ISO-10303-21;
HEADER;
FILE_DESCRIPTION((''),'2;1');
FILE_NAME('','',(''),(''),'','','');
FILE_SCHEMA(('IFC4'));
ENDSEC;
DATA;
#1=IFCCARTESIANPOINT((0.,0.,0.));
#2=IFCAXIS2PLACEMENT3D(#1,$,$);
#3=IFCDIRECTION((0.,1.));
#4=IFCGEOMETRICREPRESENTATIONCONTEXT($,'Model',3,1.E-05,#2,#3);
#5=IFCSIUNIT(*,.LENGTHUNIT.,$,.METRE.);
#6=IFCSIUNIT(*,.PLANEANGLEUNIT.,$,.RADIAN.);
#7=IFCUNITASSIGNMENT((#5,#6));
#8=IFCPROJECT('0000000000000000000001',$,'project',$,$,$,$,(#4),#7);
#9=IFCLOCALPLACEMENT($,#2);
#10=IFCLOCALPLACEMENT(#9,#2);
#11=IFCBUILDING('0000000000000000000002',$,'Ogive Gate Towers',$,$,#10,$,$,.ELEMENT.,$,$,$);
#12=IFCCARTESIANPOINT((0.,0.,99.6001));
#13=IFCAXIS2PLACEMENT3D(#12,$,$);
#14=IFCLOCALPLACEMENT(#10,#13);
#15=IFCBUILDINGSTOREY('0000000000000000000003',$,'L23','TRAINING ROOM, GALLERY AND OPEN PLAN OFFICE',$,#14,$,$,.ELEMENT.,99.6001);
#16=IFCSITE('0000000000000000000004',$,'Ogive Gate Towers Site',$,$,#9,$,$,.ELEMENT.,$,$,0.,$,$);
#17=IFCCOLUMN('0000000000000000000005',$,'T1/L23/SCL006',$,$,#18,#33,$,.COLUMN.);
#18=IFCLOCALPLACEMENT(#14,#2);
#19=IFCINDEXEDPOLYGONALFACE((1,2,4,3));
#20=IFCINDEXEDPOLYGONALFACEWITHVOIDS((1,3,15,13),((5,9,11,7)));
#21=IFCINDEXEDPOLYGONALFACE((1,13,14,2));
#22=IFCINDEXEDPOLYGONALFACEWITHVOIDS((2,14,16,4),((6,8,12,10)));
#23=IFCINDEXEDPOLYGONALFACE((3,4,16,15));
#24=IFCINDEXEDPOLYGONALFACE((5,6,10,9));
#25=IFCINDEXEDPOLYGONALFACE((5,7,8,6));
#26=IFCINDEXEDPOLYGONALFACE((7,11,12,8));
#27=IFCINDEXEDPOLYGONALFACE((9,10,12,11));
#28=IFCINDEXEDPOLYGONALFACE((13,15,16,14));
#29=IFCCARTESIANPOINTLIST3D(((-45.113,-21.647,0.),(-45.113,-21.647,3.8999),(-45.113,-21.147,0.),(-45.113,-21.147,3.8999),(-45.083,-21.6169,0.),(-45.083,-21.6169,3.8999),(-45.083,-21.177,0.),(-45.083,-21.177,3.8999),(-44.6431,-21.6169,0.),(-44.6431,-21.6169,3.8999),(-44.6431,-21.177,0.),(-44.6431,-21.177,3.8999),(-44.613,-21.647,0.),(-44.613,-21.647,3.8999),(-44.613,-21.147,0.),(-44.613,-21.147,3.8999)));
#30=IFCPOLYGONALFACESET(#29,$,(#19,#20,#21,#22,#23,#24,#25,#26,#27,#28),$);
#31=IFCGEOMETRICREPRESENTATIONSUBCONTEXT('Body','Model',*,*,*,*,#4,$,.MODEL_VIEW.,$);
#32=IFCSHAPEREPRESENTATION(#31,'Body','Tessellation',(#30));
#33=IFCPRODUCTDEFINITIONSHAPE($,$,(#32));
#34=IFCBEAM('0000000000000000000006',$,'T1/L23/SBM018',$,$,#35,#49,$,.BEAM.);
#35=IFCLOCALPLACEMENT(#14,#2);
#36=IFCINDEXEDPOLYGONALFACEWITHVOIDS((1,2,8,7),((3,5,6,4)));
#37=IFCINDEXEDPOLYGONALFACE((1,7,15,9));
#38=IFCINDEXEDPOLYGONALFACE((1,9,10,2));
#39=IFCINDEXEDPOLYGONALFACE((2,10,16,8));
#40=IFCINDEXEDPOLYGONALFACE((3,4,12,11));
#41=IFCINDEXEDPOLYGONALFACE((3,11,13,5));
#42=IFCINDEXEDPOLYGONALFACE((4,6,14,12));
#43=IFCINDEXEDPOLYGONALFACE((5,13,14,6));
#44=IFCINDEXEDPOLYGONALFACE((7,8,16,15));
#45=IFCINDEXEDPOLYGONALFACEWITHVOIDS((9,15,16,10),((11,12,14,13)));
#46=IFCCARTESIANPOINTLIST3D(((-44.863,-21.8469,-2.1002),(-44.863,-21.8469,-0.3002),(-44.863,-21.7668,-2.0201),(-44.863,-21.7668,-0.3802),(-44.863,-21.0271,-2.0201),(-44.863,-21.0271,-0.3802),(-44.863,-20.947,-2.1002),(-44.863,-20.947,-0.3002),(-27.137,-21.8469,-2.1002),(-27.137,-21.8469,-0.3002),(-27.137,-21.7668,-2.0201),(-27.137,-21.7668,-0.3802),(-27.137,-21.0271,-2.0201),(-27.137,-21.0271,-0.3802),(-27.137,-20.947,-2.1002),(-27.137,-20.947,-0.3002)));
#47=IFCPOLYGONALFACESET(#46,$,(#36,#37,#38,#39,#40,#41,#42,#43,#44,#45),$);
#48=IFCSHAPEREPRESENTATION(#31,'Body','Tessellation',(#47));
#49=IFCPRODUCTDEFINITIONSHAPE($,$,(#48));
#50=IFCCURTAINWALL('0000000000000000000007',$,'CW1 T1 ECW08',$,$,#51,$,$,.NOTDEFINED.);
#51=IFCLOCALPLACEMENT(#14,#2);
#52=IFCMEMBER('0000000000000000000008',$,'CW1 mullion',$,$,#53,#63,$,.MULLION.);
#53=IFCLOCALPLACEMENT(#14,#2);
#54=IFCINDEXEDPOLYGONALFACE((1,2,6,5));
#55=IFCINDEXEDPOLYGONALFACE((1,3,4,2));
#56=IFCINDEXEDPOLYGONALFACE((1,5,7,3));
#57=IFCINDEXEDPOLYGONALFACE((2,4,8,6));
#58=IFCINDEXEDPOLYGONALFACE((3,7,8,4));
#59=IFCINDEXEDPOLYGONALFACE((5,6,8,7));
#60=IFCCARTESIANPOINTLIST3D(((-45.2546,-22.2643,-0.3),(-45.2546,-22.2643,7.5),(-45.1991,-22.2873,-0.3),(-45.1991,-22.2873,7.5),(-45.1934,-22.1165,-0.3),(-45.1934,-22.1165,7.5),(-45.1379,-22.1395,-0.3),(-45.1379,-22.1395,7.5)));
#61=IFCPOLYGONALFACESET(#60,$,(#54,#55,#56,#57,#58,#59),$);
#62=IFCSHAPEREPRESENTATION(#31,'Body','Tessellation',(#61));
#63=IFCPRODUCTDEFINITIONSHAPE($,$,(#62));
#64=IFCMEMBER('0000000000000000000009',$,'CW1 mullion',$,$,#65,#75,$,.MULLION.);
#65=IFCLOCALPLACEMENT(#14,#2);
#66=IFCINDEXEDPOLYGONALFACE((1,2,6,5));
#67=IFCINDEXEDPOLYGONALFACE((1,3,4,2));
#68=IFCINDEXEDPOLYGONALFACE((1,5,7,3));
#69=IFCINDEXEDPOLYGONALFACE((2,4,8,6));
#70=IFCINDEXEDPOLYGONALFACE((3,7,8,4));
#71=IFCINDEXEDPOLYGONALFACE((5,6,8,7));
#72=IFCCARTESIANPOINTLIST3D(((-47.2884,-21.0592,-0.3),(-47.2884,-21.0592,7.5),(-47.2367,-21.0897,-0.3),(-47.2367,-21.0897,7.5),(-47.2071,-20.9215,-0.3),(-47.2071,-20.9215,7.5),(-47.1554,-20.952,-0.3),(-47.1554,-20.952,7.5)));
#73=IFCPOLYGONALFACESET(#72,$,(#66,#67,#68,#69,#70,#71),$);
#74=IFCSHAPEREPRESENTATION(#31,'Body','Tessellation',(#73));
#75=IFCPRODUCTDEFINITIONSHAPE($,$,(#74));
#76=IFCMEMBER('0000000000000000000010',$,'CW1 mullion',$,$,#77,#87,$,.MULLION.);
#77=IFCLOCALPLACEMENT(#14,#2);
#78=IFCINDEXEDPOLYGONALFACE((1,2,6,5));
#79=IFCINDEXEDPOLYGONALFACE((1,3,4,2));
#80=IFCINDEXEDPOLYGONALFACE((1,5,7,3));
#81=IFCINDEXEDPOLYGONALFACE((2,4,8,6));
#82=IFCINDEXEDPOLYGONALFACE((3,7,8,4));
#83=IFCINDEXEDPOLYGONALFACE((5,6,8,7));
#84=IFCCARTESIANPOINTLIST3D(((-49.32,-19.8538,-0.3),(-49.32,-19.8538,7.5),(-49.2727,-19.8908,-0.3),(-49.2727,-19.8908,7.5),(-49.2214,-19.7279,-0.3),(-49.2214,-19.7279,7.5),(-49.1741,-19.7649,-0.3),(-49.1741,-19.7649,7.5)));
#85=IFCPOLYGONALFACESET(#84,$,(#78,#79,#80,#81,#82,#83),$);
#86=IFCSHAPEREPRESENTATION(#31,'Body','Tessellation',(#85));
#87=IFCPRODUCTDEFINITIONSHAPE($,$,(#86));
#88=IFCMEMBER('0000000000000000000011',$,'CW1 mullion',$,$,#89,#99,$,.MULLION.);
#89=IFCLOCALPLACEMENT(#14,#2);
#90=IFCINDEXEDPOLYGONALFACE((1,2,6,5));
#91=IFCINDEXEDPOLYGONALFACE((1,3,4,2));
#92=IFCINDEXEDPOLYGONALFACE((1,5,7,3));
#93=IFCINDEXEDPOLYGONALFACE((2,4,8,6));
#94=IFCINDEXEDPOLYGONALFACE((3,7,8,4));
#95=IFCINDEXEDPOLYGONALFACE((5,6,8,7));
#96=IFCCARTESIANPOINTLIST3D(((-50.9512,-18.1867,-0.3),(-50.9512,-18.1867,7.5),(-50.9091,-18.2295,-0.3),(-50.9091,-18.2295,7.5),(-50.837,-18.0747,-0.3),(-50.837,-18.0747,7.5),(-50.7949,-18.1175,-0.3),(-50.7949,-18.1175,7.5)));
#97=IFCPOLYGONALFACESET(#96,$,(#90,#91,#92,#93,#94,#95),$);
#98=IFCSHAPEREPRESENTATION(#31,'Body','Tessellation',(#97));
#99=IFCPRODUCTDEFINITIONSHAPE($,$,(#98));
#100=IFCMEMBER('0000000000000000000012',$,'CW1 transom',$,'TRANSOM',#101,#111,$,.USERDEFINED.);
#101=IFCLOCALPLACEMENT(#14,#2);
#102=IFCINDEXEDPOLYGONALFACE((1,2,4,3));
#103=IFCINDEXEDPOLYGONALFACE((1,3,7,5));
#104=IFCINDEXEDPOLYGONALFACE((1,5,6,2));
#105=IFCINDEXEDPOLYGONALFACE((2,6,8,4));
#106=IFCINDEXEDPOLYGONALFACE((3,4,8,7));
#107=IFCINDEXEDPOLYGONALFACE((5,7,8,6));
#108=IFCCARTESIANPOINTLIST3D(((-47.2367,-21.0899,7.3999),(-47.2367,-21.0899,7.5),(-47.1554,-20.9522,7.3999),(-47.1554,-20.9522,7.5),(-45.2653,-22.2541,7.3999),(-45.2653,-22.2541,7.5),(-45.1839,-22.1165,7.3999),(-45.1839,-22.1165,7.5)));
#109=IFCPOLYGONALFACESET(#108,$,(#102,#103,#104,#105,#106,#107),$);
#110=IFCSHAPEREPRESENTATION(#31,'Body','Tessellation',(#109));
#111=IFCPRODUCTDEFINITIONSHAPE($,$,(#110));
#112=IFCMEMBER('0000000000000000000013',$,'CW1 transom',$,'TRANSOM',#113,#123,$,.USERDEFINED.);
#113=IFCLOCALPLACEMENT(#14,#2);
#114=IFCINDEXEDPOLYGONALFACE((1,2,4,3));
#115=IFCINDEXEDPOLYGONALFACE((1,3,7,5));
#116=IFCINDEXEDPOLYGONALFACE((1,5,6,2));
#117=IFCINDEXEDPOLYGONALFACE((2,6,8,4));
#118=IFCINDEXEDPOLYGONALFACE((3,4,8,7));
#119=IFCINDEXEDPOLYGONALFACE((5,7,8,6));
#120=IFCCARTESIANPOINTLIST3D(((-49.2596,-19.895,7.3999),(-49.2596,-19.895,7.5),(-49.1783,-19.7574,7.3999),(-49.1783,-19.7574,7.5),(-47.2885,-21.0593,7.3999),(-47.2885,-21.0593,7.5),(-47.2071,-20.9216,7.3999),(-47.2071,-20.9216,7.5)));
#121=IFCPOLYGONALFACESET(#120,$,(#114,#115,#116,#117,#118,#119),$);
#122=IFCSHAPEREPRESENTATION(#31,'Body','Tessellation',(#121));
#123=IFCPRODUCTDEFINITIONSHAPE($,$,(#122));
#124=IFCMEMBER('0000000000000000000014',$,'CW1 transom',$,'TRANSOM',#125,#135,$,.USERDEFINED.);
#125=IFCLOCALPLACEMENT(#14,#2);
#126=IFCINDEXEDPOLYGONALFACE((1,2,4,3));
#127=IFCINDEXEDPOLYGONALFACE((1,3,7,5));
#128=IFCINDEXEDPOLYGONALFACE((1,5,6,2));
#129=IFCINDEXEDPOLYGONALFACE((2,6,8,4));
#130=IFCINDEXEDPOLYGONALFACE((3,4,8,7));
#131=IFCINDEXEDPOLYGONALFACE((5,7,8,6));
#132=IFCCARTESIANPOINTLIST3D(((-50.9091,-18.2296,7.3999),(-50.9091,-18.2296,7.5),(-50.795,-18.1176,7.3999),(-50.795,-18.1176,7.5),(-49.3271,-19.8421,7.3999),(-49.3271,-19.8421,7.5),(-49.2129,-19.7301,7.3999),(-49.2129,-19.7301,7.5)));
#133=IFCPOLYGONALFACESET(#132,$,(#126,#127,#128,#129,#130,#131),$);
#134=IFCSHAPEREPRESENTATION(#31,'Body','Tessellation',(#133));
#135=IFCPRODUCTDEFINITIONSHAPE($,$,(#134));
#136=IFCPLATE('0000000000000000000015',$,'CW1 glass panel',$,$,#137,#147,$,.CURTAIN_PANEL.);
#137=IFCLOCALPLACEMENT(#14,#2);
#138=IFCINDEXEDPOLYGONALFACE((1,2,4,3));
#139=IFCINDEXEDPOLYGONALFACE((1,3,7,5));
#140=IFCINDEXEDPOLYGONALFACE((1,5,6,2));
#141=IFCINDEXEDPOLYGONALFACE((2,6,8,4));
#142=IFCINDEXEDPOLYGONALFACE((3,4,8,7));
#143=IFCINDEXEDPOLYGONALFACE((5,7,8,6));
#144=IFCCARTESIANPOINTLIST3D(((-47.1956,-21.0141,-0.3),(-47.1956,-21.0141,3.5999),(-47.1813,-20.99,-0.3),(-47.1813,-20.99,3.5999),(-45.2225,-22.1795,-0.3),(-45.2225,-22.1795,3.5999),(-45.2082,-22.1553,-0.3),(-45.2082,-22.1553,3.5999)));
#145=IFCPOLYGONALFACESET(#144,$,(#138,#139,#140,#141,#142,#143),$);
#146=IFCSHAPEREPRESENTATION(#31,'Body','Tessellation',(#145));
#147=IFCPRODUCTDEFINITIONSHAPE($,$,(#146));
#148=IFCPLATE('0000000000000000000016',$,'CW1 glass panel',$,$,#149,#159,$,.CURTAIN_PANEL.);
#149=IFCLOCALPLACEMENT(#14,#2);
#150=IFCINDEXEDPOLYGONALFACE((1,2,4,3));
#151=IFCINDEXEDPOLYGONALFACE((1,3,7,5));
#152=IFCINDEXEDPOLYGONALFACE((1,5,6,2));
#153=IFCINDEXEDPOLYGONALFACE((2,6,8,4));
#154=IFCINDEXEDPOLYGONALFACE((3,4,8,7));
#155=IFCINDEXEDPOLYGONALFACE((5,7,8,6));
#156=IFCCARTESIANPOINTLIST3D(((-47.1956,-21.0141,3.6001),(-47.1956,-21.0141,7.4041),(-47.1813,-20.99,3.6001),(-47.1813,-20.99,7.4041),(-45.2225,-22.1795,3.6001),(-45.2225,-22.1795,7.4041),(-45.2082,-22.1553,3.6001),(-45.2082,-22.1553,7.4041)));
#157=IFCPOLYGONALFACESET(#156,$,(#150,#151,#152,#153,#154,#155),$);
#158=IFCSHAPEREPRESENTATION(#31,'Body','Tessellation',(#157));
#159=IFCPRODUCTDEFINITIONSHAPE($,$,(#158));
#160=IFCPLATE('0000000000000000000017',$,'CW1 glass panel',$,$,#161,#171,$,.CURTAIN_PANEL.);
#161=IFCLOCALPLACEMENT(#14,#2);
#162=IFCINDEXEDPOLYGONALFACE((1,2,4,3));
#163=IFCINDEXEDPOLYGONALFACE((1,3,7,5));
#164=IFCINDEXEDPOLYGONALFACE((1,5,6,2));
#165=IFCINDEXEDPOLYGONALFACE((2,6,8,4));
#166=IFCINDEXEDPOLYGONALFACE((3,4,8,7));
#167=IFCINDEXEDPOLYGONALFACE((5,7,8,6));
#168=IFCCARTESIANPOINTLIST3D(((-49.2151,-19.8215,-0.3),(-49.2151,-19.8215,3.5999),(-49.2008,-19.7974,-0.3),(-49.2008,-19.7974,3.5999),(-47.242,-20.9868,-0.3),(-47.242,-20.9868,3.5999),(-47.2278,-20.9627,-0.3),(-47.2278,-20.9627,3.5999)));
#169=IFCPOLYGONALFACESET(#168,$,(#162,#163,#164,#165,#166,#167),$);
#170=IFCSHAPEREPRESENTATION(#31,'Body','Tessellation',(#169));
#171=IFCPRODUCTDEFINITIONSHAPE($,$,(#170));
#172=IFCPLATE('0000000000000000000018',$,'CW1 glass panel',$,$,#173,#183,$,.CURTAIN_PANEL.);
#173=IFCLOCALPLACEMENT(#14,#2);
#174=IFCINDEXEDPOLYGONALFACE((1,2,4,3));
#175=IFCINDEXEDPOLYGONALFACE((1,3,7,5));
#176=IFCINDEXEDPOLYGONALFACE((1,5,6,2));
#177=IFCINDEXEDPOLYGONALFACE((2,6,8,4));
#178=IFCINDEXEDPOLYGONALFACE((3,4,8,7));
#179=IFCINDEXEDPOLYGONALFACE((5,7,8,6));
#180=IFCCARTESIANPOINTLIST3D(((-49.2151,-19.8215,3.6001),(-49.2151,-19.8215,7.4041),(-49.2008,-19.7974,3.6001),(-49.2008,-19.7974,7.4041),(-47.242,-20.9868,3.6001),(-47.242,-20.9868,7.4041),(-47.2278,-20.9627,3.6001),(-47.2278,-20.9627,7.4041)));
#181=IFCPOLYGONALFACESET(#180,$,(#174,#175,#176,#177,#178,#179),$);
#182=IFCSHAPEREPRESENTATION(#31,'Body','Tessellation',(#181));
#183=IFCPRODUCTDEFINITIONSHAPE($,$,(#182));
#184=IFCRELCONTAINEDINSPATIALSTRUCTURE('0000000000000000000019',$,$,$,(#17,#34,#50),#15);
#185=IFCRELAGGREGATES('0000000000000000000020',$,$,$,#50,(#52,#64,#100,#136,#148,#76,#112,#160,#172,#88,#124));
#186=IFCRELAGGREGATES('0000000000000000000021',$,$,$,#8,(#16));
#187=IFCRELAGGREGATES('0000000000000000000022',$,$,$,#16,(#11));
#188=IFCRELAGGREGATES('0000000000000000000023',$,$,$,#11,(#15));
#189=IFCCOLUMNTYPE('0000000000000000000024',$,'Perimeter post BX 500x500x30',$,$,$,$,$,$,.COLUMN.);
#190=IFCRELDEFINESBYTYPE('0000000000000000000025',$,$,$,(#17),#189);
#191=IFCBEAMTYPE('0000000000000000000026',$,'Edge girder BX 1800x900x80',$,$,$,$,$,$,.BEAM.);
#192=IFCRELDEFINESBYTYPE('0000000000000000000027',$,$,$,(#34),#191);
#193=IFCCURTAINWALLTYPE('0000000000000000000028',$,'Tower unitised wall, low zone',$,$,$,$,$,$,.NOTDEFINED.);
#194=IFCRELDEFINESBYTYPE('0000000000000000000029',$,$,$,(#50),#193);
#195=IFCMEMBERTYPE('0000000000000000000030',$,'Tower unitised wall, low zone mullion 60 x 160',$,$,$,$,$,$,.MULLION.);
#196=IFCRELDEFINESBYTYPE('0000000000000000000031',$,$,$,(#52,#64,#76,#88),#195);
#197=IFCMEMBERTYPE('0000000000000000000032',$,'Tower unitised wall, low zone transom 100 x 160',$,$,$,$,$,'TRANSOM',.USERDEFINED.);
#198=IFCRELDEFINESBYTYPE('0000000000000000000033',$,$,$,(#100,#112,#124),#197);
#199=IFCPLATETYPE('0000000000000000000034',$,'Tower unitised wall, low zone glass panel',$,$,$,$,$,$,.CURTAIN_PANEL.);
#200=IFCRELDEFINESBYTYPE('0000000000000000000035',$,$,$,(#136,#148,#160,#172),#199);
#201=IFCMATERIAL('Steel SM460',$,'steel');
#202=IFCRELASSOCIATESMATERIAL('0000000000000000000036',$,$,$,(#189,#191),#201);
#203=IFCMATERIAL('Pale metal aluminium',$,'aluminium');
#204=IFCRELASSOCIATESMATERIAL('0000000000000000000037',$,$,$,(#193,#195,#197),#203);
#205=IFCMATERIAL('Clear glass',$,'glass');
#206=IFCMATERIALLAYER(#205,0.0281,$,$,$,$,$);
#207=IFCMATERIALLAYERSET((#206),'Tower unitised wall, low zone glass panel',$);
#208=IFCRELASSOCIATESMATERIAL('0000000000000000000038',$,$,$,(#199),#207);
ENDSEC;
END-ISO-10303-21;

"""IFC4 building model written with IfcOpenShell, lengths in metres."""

from ifc_helpers import new_model, si_unit, direction, frame, origin, origin_2d, place, context, subcontext, project, spatial, rectangle, hollow_rectangle, extrude, material, layer, layer_set, material_profile, profile_set, type_object, element, aggregate, save


model = new_model("IFC4")

# Units and contexts
model_context = context("Model", 3, precision=1e-05, world=origin(), true_north=direction((0.0, 1.0)))
body_context = subcontext(model_context, "Body", "Model", "MODEL_VIEW")
ifc_project = project(units=[si_unit("LENGTHUNIT", "METRE"), si_unit("PLANEANGLEUNIT", "RADIAN")], contexts=[model_context])

# Site, building, storey
site_placement = place(None, origin())
site = spatial("IfcSite", under=ifc_project, at=site_placement, Name="Ogive Gate Towers Site", CompositionType="ELEMENT", RefElevation=0.0)
building_placement = place(site_placement, origin())
building = spatial("IfcBuilding", under=site, at=building_placement, Name="Ogive Gate Towers", CompositionType="ELEMENT")
storey_placement = place(building_placement, frame((0.0, 0.0, 99.6001)))
storey = spatial("IfcBuildingStorey", under=building, at=storey_placement, Name="L23", Description="TRAINING ROOM, GALLERY AND OPEN PLAN OFFICE", CompositionType="ELEMENT", Elevation=99.6001)

# Column
ifc_material_1 = material(Name="Steel SM460", Category="steel")
ifc_material_profile_1 = material_profile(ifc_material_1, hollow_rectangle(XDim=0.5, YDim=0.5, WallThickness=0.03, at=origin_2d()), Name="BX 500x500x30")
ifc_profile_set_1 = profile_set([ifc_material_profile_1], Name="Steel SM460")
column_type = type_object("IfcColumnType", Name="Perimeter post BX 500x500x30", PredefinedType="COLUMN", material=ifc_profile_set_1)
column_placement = place(storey_placement, frame((-44.863, -21.397, 0.0), z_axis=(0.0, 0.0, 1.0), x_axis=(1.0, 0.0, 0.0)))
element("IfcColumn", 1, at=column_placement, inside=storey, type_object=column_type, Name="T1/L23/SCL006", PredefinedType="COLUMN", context=body_context, shape_type="SweptSolid", body=[
    extrude(hollow_rectangle(XDim=0.5, YDim=0.5, WallThickness=0.03, at=origin_2d()), origin(), (0.0, 0.0, 1.0), 3.8999),
])

# Beam
ifc_material_profile_2 = material_profile(ifc_material_1, hollow_rectangle(XDim=0.8999, YDim=1.8, WallThickness=0.0801, at=origin_2d()), Name="BX 1800x900x80")
ifc_profile_set_2 = profile_set([ifc_material_profile_2], Name="Steel SM460")
beam_type = type_object("IfcBeamType", Name="Edge girder BX 1800x900x80", PredefinedType="BEAM", material=ifc_profile_set_2)
beam_placement = place(storey_placement, frame((-44.863, -21.397, -1.2002), z_axis=(1.0, 0.0, 0.0), x_axis=(0.0, 1.0, 0.0)))
element("IfcBeam", 2, at=beam_placement, inside=storey, type_object=beam_type, Name="T1/L23/SBM018", PredefinedType="BEAM", context=body_context, shape_type="SweptSolid", body=[
    extrude(hollow_rectangle(XDim=0.8999, YDim=1.8, WallThickness=0.0801, at=origin_2d()), origin(), (0.0, 0.0, 1.0), 17.7261),
])

# Curtain wall, members, plates
ifc_material_2 = material(Name="Pale metal aluminium", Category="aluminium")
curtain_wall_type = type_object("IfcCurtainWallType", Name="Tower unitised wall, low zone", PredefinedType="NOTDEFINED", material=ifc_material_2)
curtain_wall_placement = place(storey_placement, origin())
curtain_wall = element("IfcCurtainWall", 3, at=curtain_wall_placement, inside=storey, type_object=curtain_wall_type, Name="CW1 T1 ECW08", PredefinedType="NOTDEFINED")
ifc_material_profile_3 = material_profile(ifc_material_2, rectangle(XDim=0.1599, YDim=0.0601, at=origin_2d()), Name="60 x 160 aluminium box")
ifc_profile_set_3 = profile_set([ifc_material_profile_3], Name="Pale metal aluminium")
member_type_1 = type_object("IfcMemberType", Name="Tower unitised wall, low zone mullion 60 x 160", PredefinedType="MULLION", material=ifc_profile_set_3)
member_1_placement = place(storey_placement, frame((-45.1963, -22.2019, -0.3), z_axis=(0.0, 0.0, 1.0), x_axis=(0.382683, 0.92388, 0.0)))
member_1 = element("IfcMember", 4, at=member_1_placement, type_object=member_type_1, Name="CW1 mullion", PredefinedType="MULLION", context=body_context, shape_type="SweptSolid", body=[
    extrude(rectangle(XDim=0.1599, YDim=0.0601, at=origin_2d()), origin(), (0.0, 0.0, 1.0), 7.8),
])
member_2_placement = place(storey_placement, frame((-47.2219, -21.0056, -0.3), z_axis=(0.0, 0.0, 1.0), x_axis=(0.508546, 0.861035, 0.0)))
member_2 = element("IfcMember", 5, at=member_2_placement, type_object=member_type_1, Name="CW1 mullion", PredefinedType="MULLION", context=body_context, shape_type="SweptSolid", body=[
    extrude(rectangle(XDim=0.1599, YDim=0.0601, at=origin_2d()), origin(), (0.0, 0.0, 1.0), 7.8),
])
member_3_placement = place(storey_placement, frame((-49.2471, -19.8093, -0.3), z_axis=(0.0, 0.0, 1.0), x_axis=(0.616459, 0.787387, 0.0)))
member_3 = element("IfcMember", 6, at=member_3_placement, type_object=member_type_1, Name="CW1 mullion", PredefinedType="MULLION", context=body_context, shape_type="SweptSolid", body=[
    extrude(rectangle(XDim=0.1599, YDim=0.0601, at=origin_2d()), origin(), (0.0, 0.0, 1.0), 7.8),
])
member_4_placement = place(storey_placement, frame((-50.873, -18.1521, -0.3), z_axis=(0.0, 0.0, 1.0), x_axis=(0.71385, 0.700299, 0.0)))
member_4 = element("IfcMember", 7, at=member_4_placement, type_object=member_type_1, Name="CW1 mullion", PredefinedType="MULLION", context=body_context, shape_type="SweptSolid", body=[
    extrude(rectangle(XDim=0.1599, YDim=0.0601, at=origin_2d()), origin(), (0.0, 0.0, 1.0), 7.8),
])
ifc_material_profile_4 = material_profile(ifc_material_2, rectangle(XDim=0.1599, YDim=0.1001, at=origin_2d()), Name="100 x 160 aluminium box")
ifc_profile_set_4 = profile_set([ifc_material_profile_4], Name="Pale metal aluminium")
member_type_2 = type_object("IfcMemberType", Name="Tower unitised wall, low zone transom 100 x 160", ElementType="TRANSOM", PredefinedType="USERDEFINED", material=ifc_profile_set_4)
member_5_placement = place(storey_placement, frame((-45.2246, -22.1853, 7.45), z_axis=(-0.861048, 0.508525, 0.0), x_axis=(-0.508525, -0.861048, 0.0)))
member_5 = element("IfcMember", 8, at=member_5_placement, type_object=member_type_2, Name="CW1 transom", ObjectType="TRANSOM", PredefinedType="USERDEFINED", context=body_context, shape_type="SweptSolid", body=[
    extrude(rectangle(XDim=0.1599, YDim=0.1001, at=origin_2d()), origin(), (0.0, 0.0, 1.0), 2.2896),
])
member_6_placement = place(storey_placement, frame((-47.2478, -20.9905, 7.45), z_axis=(-0.86102, 0.508571, 0.0), x_axis=(-0.508571, -0.86102, 0.0)))
member_6 = element("IfcMember", 9, at=member_6_placement, type_object=member_type_2, Name="CW1 transom", ObjectType="TRANSOM", PredefinedType="USERDEFINED", context=body_context, shape_type="SweptSolid", body=[
    extrude(rectangle(XDim=0.1599, YDim=0.1001, at=origin_2d()), origin(), (0.0, 0.0, 1.0), 2.2893),
])
member_7_placement = place(storey_placement, frame((-49.27, -19.7861, 7.45), z_axis=(-0.70032, 0.713829, 0.0), x_axis=(-0.713829, -0.70032, 0.0)))
member_7 = element("IfcMember", 10, at=member_7_placement, type_object=member_type_2, Name="CW1 transom", ObjectType="TRANSOM", PredefinedType="USERDEFINED", context=body_context, shape_type="SweptSolid", body=[
    extrude(rectangle(XDim=0.1599, YDim=0.1001, at=origin_2d()), origin(), (0.0, 0.0, 1.0), 2.259),
])
ifc_material_3 = material(Name="Clear glass", Category="glass")
ifc_layer_1 = layer(ifc_material_3, 0.0281)
ifc_layer_set_1 = layer_set([ifc_layer_1], Name="Tower unitised wall, low zone glass panel")
plate_type = type_object("IfcPlateType", Name="Tower unitised wall, low zone glass panel", PredefinedType="CURTAIN_PANEL", material=ifc_layer_set_1)
plate_1_placement = place(storey_placement, frame((-46.2019, -21.5847, -0.3), z_axis=(0.0, 0.0, 1.0), x_axis=(-0.861035, 0.508546, 0.0)))
plate_1 = element("IfcPlate", 11, at=plate_1_placement, type_object=plate_type, Name="CW1 glass panel", PredefinedType="CURTAIN_PANEL", context=body_context, shape_type="SweptSolid", body=[
    extrude(rectangle(XDim=2.2915, YDim=0.0281, at=origin_2d()), origin(), (0.0, 0.0, 1.0), 3.8999),
])
plate_2_placement = place(storey_placement, frame((-46.2019, -21.5847, 3.6001), z_axis=(0.0, 0.0, 1.0), x_axis=(-0.861035, 0.508546, 0.0)))
plate_2 = element("IfcPlate", 12, at=plate_2_placement, type_object=plate_type, Name="CW1 glass panel", PredefinedType="CURTAIN_PANEL", context=body_context, shape_type="SweptSolid", body=[
    extrude(rectangle(XDim=2.2915, YDim=0.0281, at=origin_2d()), origin(), (0.0, 0.0, 1.0), 3.804),
])
plate_3_placement = place(storey_placement, frame((-48.2214, -20.3921, -0.3), z_axis=(0.0, 0.0, 1.0), x_axis=(-0.861044, 0.508531, 0.0)))
plate_3 = element("IfcPlate", 13, at=plate_3_placement, type_object=plate_type, Name="CW1 glass panel", PredefinedType="CURTAIN_PANEL", context=body_context, shape_type="SweptSolid", body=[
    extrude(rectangle(XDim=2.2915, YDim=0.0281, at=origin_2d()), origin(), (0.0, 0.0, 1.0), 3.8999),
])
plate_4_placement = place(storey_placement, frame((-48.2214, -20.3921, 3.6001), z_axis=(0.0, 0.0, 1.0), x_axis=(-0.861044, 0.508531, 0.0)))
plate_4 = element("IfcPlate", 14, at=plate_4_placement, type_object=plate_type, Name="CW1 glass panel", PredefinedType="CURTAIN_PANEL", context=body_context, shape_type="SweptSolid", body=[
    extrude(rectangle(XDim=2.2915, YDim=0.0281, at=origin_2d()), origin(), (0.0, 0.0, 1.0), 3.804),
])
aggregate(curtain_wall, [member_1, member_2, member_5, plate_1, plate_2, member_3, member_6, plate_3, plate_4, member_4, member_7])

save(model, "model.ifc")
